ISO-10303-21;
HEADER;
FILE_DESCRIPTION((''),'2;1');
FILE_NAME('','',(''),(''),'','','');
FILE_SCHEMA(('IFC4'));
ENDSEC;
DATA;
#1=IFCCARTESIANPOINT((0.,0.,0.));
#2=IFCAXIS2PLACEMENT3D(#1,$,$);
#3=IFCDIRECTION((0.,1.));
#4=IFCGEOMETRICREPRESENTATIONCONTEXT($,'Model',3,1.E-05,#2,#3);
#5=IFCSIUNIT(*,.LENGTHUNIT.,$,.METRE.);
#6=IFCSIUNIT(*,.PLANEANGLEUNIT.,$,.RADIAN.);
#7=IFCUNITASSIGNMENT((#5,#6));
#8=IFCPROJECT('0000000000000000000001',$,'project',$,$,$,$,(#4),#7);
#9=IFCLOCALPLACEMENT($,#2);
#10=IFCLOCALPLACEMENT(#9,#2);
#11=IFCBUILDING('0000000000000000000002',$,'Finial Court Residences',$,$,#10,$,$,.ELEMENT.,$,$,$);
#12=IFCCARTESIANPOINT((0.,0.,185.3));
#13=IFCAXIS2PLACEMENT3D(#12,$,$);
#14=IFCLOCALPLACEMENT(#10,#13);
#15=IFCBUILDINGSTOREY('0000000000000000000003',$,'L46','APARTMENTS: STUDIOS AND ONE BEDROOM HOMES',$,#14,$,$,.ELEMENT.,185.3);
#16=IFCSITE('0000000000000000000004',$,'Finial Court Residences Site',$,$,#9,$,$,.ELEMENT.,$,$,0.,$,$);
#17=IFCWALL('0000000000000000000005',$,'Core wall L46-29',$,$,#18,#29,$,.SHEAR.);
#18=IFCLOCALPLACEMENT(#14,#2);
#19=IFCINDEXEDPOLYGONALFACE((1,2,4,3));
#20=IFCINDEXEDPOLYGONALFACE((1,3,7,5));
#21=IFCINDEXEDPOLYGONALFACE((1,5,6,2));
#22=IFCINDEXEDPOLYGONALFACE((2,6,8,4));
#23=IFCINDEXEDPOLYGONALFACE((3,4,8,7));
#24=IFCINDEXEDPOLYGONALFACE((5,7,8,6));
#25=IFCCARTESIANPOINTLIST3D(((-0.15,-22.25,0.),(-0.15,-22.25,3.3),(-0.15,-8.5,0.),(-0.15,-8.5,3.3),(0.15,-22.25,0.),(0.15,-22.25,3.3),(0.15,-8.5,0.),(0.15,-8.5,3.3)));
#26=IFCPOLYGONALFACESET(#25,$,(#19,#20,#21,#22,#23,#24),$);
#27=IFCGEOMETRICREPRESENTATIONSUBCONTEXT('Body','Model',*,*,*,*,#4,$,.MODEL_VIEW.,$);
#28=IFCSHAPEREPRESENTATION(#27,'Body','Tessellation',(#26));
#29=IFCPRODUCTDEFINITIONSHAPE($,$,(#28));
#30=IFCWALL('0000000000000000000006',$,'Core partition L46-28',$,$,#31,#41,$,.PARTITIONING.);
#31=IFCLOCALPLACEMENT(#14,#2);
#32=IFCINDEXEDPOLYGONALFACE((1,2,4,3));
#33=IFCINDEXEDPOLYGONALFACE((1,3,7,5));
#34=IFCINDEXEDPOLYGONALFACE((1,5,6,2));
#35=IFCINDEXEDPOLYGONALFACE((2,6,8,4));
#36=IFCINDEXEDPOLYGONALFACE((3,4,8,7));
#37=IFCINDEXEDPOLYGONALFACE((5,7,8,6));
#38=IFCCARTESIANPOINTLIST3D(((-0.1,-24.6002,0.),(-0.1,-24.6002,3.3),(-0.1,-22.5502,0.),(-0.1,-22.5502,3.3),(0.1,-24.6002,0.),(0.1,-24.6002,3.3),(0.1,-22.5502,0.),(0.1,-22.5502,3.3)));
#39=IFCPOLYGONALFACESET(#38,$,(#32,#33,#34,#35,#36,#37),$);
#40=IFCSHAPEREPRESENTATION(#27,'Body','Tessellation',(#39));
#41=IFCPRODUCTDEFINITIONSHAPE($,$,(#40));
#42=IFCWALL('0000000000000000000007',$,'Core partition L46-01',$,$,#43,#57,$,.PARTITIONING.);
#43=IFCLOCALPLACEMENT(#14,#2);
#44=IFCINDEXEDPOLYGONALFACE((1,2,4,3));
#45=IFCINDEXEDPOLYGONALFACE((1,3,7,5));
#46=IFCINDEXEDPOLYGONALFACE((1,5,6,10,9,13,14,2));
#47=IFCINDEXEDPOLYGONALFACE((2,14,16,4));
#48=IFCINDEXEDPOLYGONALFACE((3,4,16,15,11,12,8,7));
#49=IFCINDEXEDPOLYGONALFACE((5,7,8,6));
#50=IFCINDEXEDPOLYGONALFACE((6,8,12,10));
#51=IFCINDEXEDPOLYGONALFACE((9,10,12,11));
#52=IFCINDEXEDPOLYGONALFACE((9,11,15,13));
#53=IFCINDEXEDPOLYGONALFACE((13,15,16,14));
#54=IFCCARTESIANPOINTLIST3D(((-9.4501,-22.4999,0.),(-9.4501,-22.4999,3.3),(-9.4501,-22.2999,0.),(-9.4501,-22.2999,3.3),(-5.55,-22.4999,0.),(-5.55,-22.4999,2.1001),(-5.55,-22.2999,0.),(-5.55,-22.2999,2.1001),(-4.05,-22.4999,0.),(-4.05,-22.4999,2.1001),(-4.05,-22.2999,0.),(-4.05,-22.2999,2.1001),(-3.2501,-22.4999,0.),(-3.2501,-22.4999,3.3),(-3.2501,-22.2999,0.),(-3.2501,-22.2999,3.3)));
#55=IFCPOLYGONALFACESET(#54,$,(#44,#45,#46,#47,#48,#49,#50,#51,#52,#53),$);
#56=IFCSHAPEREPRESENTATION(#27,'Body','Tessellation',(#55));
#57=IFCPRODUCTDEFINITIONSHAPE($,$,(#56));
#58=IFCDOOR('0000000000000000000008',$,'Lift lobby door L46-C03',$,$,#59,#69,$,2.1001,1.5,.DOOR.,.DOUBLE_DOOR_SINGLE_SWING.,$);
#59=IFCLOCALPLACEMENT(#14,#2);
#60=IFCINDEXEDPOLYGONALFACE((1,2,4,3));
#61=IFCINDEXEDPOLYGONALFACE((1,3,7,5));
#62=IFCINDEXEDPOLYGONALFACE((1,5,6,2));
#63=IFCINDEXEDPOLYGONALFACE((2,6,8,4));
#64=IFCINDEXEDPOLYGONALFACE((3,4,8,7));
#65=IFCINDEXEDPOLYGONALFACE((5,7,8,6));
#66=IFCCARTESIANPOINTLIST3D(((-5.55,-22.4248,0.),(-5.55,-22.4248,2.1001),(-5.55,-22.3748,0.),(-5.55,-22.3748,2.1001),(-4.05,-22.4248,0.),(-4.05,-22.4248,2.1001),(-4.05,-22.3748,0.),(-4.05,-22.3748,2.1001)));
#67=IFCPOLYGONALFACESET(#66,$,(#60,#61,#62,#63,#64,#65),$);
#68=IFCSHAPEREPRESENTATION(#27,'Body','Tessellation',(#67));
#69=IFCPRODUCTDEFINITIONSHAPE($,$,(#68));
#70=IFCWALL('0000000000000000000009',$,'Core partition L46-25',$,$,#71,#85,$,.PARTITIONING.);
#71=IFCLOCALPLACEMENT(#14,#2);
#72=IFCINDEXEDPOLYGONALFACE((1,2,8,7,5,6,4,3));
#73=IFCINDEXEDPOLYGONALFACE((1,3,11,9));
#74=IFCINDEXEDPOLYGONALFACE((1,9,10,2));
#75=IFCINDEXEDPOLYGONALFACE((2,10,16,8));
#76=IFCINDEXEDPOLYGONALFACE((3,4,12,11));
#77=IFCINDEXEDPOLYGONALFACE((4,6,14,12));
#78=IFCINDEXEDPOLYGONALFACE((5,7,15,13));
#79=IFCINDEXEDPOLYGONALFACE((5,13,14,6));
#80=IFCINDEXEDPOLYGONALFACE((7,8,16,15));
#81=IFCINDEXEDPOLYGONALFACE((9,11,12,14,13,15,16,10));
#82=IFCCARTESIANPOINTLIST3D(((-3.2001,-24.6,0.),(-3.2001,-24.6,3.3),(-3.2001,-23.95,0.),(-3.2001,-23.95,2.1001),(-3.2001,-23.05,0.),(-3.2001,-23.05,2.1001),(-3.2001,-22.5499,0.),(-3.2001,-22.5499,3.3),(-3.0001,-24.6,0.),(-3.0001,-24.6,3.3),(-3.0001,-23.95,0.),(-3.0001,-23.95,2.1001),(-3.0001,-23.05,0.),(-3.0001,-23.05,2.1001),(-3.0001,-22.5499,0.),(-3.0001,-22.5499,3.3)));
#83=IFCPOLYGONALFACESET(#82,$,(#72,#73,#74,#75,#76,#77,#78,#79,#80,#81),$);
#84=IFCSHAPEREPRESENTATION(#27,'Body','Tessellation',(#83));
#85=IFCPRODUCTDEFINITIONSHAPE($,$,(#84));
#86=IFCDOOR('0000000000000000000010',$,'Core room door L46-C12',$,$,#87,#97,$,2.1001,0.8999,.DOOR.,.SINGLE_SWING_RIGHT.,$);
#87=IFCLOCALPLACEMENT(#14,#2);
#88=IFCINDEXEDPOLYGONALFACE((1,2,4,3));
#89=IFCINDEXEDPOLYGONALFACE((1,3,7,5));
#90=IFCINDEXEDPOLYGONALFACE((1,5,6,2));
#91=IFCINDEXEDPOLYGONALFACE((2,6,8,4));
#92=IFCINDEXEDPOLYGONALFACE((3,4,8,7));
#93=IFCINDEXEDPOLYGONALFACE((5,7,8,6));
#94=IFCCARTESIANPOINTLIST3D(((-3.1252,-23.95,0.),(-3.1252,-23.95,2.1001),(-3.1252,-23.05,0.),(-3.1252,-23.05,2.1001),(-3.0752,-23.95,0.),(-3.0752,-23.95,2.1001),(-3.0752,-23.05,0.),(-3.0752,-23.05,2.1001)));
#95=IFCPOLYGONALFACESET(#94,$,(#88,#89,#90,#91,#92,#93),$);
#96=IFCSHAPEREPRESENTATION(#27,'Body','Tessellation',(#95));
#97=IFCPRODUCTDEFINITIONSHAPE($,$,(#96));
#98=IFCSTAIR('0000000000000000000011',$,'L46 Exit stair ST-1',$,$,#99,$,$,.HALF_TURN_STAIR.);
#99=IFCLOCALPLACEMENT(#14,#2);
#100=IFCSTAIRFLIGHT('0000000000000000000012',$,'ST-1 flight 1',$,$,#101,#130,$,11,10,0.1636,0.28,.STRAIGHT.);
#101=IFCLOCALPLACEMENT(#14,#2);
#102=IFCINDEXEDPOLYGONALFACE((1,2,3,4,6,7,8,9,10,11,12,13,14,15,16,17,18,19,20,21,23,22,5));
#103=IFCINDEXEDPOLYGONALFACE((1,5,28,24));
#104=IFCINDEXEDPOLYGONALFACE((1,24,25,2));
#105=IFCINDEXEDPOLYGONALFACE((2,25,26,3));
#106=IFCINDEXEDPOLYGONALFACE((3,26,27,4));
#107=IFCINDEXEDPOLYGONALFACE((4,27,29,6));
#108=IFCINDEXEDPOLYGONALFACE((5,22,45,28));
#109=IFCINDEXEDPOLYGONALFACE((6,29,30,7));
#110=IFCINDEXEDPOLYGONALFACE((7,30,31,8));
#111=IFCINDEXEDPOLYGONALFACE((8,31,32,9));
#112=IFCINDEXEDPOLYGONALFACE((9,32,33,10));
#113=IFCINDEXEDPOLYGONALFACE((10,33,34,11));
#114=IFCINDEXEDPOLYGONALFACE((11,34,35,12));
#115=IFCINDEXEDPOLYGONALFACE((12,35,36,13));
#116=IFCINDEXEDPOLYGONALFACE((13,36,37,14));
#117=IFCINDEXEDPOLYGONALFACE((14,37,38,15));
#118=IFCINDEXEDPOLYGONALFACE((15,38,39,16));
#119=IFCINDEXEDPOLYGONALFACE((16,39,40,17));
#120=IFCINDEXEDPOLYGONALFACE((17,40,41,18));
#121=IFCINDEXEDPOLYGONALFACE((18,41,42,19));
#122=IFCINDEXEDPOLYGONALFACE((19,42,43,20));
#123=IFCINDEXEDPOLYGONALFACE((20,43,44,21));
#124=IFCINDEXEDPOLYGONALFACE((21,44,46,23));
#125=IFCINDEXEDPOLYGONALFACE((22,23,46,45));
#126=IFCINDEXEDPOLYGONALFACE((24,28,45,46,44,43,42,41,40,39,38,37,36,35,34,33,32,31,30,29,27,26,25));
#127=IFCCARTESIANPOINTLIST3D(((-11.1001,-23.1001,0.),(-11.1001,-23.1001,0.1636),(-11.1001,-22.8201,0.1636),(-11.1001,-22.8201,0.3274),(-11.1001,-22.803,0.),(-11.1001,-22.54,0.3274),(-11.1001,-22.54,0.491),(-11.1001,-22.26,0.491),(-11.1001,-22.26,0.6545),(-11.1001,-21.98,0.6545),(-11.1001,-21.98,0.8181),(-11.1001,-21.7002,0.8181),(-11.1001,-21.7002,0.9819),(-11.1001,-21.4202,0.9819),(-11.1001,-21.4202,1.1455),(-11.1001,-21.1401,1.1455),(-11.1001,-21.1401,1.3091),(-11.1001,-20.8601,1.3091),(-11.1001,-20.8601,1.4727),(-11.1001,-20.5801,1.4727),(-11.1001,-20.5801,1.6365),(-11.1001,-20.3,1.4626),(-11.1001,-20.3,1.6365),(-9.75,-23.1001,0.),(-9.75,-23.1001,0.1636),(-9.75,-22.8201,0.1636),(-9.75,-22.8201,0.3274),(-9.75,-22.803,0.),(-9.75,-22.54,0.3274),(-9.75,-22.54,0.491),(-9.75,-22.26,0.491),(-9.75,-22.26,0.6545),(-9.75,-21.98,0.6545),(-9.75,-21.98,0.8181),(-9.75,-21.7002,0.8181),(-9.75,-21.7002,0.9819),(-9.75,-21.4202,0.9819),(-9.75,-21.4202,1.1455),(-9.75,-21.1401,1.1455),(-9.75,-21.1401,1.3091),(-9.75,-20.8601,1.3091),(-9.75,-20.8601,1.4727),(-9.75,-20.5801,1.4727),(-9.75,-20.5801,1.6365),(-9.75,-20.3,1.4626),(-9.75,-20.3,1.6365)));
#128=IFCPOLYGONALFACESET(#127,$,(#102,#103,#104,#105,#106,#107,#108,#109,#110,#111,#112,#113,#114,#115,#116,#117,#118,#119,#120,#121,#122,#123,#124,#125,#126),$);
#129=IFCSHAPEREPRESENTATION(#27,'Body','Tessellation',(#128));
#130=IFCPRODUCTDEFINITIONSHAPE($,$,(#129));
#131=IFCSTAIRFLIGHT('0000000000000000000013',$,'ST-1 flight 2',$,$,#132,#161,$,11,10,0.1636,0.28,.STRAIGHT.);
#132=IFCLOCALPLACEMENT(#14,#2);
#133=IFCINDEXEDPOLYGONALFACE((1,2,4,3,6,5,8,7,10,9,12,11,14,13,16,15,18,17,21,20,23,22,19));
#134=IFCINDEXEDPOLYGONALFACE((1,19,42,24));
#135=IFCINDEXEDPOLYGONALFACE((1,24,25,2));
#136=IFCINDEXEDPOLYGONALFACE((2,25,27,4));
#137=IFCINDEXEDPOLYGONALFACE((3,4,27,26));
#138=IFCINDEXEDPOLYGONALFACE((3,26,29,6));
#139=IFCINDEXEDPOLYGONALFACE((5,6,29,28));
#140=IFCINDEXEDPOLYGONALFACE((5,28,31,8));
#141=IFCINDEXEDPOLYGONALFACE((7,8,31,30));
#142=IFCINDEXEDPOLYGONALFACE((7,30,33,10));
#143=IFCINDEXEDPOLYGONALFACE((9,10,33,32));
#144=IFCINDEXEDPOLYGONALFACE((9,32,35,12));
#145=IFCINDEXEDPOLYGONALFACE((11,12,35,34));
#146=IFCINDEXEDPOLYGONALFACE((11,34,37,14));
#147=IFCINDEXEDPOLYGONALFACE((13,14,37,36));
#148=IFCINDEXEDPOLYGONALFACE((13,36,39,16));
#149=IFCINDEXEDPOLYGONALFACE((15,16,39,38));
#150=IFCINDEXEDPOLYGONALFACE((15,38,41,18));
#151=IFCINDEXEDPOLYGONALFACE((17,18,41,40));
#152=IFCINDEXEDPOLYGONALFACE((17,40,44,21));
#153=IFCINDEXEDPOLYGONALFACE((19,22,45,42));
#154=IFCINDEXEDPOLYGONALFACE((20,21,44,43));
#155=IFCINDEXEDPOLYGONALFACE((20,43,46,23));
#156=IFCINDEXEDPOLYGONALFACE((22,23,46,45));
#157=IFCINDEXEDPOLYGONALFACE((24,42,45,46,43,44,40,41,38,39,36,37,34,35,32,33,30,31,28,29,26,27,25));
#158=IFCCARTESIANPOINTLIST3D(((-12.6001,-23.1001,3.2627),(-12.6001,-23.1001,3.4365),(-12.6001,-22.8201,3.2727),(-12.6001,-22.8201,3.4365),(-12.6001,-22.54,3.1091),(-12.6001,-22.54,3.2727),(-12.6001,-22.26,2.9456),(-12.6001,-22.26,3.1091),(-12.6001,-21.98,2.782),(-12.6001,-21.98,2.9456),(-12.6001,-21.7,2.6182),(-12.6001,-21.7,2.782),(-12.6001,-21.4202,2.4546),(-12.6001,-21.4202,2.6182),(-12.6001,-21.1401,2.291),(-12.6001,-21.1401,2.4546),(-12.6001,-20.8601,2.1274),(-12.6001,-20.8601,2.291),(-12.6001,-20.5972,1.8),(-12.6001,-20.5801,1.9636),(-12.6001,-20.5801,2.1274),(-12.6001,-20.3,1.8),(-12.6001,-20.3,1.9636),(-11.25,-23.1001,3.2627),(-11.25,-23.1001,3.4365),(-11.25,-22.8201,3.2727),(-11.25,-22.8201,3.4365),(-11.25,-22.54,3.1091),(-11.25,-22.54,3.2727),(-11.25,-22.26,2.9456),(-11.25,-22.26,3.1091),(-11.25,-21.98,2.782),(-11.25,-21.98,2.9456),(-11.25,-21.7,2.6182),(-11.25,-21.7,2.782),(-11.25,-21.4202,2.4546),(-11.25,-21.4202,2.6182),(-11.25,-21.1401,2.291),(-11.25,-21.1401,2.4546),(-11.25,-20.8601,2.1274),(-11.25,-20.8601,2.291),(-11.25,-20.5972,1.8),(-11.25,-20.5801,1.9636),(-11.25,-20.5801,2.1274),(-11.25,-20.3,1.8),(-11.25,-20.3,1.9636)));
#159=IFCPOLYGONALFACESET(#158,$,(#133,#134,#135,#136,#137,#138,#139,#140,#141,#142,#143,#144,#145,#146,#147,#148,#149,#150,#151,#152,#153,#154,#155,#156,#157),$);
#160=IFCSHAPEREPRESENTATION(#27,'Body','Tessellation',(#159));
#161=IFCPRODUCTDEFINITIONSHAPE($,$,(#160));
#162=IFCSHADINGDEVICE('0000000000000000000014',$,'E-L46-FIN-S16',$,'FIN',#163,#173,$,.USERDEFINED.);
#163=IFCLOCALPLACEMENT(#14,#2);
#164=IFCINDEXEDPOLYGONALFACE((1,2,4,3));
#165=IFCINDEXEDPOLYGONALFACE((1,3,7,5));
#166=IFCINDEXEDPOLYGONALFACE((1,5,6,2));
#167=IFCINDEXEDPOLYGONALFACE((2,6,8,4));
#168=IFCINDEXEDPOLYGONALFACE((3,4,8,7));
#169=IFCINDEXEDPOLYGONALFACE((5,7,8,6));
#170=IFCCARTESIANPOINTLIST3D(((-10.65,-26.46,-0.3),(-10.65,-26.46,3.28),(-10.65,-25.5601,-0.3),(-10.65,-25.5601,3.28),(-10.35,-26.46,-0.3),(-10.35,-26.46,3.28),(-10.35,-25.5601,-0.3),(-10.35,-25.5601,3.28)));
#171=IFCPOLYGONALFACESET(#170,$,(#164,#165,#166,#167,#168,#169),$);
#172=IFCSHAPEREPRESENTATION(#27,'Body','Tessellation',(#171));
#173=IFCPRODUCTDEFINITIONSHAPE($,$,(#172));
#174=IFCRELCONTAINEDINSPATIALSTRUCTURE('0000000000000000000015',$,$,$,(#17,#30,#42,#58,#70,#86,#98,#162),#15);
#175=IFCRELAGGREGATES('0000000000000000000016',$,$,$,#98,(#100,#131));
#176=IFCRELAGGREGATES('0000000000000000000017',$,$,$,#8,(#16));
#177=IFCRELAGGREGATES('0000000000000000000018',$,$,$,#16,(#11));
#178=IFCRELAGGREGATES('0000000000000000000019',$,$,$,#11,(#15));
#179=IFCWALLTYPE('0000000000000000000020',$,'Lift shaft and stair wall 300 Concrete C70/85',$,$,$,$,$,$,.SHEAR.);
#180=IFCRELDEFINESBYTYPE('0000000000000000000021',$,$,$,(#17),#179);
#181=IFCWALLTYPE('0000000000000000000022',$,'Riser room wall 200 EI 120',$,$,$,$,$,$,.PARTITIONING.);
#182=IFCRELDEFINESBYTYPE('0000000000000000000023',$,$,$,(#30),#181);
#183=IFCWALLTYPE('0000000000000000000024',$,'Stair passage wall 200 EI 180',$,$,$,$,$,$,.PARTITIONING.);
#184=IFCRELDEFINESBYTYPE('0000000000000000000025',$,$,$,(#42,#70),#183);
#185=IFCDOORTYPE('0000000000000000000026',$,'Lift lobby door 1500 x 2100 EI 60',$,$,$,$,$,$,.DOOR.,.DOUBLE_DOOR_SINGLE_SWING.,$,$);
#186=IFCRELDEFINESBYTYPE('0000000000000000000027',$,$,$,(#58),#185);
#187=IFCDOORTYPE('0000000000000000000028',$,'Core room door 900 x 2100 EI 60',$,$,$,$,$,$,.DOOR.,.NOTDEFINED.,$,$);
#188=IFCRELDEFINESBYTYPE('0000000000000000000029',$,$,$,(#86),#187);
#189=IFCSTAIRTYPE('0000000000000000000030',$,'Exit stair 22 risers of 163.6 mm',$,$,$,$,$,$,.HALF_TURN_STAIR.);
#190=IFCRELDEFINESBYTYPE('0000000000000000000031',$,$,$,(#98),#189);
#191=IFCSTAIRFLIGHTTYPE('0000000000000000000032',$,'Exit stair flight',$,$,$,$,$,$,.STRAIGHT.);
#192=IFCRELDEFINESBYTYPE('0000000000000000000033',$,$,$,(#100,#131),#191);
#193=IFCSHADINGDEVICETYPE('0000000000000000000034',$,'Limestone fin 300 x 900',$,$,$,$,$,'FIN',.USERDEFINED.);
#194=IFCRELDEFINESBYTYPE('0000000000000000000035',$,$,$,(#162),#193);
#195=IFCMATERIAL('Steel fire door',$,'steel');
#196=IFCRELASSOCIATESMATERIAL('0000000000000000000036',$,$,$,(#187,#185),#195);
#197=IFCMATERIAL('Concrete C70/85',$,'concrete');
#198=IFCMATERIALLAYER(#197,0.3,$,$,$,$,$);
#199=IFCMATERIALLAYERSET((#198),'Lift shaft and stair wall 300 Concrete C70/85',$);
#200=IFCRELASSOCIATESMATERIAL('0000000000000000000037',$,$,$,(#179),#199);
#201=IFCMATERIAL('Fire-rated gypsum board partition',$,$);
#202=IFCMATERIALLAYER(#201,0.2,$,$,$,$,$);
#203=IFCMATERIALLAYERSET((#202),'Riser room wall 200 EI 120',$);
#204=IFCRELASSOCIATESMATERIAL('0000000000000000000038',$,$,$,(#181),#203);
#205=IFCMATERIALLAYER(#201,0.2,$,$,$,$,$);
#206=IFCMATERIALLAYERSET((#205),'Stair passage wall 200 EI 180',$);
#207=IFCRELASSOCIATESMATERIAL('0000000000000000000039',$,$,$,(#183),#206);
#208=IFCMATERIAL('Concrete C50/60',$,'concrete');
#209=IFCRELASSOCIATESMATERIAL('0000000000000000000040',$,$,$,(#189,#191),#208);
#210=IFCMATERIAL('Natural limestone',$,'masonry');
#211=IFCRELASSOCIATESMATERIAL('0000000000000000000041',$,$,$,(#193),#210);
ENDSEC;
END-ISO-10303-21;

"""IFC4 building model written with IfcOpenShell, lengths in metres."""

from ifc_helpers import new_model, si_unit, direction, frame, frame_2d, origin, origin_2d, place, context, subcontext, project, spatial, polyline, rectangle, outline, extrude, material, layer, layer_set, type_object, element, fill, aggregate, save


model = new_model("IFC4")

# Units and contexts
model_context = context("Model", 3, precision=1e-05, world=origin(), true_north=direction((0.0, 1.0)))
body_context = subcontext(model_context, "Body", "Model", "MODEL_VIEW")
ifc_project = project(units=[si_unit("LENGTHUNIT", "METRE"), si_unit("PLANEANGLEUNIT", "RADIAN")], contexts=[model_context])

# Site, building, storey
site_placement = place(None, origin())
site = spatial("IfcSite", under=ifc_project, at=site_placement, Name="Finial Court Residences Site", CompositionType="ELEMENT", RefElevation=0.0)
building_placement = place(site_placement, origin())
building = spatial("IfcBuilding", under=site, at=building_placement, Name="Finial Court Residences", CompositionType="ELEMENT")
storey_placement = place(building_placement, frame((0.0, 0.0, 185.3)))
storey = spatial("IfcBuildingStorey", under=building, at=storey_placement, Name="L46", Description="APARTMENTS: STUDIOS AND ONE BEDROOM HOMES", CompositionType="ELEMENT", Elevation=185.3)

# Shared definitions
ifc_material_1 = material(Name="Concrete C70/85", Category="concrete")

# Shared definitions
ifc_material_2 = material(Name="Fire-rated gypsum board partition")
ifc_material_3 = material(Name="Steel fire door", Category="steel")
door_type_1 = type_object("IfcDoorType", Name="Core room door 900 x 2100 EI 60", OperationType="NOTDEFINED", PredefinedType="DOOR", material=ifc_material_3)

# Shared definitions
ifc_layer_1 = layer(ifc_material_1, 0.3)
ifc_layer_set_1 = layer_set([ifc_layer_1], Name="Lift shaft and stair wall 300 Concrete C70/85")
wall_type_1 = type_object("IfcWallType", Name="Lift shaft and stair wall 300 Concrete C70/85", PredefinedType="SHEAR", material=ifc_layer_set_1)

# Walls
wall_1_placement = place(storey_placement, frame((0.0, -22.25, 0.0), z_axis=(0.0, 0.0, 1.0), x_axis=(0.0, 1.0, 0.0)))
element("IfcWall", 1, at=wall_1_placement, inside=storey, type_object=wall_type_1, Name="Core wall L46-29", PredefinedType="SHEAR", context=body_context, shape_type="SweptSolid", body=[
    extrude(rectangle(XDim=13.75, YDim=0.3, at=frame_2d((6.875, 0.0))), origin(), (0.0, 0.0, 1.0), 3.3),
])
ifc_layer_2 = layer(ifc_material_2, 0.2)
ifc_layer_set_2 = layer_set([ifc_layer_2], Name="Riser room wall 200 EI 120")
wall_type_2 = type_object("IfcWallType", Name="Riser room wall 200 EI 120", PredefinedType="PARTITIONING", material=ifc_layer_set_2)
wall_2_placement = place(storey_placement, frame((0.0, -24.6001, 0.0), z_axis=(0.0, 0.0, 1.0), x_axis=(0.0, 1.0, 0.0)))
element("IfcWall", 2, at=wall_2_placement, inside=storey, type_object=wall_type_2, Name="Core partition L46-28", PredefinedType="PARTITIONING", context=body_context, shape_type="SweptSolid", body=[
    extrude(rectangle(XDim=2.05, YDim=0.2, at=frame_2d((1.0249, 0.0))), origin(), (0.0, 0.0, 1.0), 3.3),
])

# Walls, openings, doors
ifc_layer_3 = layer(ifc_material_2, 0.2)
ifc_layer_set_3 = layer_set([ifc_layer_3], Name="Stair passage wall 200 EI 180")
wall_type_3 = type_object("IfcWallType", Name="Stair passage wall 200 EI 180", PredefinedType="PARTITIONING", material=ifc_layer_set_3)
wall_3_placement = place(storey_placement, frame((-3.25, -22.3999, 0.0), z_axis=(0.0, 0.0, 1.0), x_axis=(-1.0, 0.0, 0.0)))
wall_3 = element("IfcWall", 3, at=wall_3_placement, inside=storey, type_object=wall_type_3, Name="Core partition L46-01", PredefinedType="PARTITIONING", context=body_context, shape_type="SweptSolid", body=[
    extrude(rectangle(XDim=6.2, YDim=0.2, at=frame_2d((3.1001, 0.0))), origin(), (0.0, 0.0, 1.0), 3.3),
])
opening_1_placement = place(wall_3_placement, frame((0.8, 0.0, 0.0)))
opening_1 = element("IfcOpeningElement", 4, at=opening_1_placement, cuts=wall_3, PredefinedType="OPENING", context=body_context, shape_type="SweptSolid", body=[
    extrude(rectangle(XDim=1.5, YDim=2.1001, at=frame_2d((0.75, 1.05))), frame((0.0, 0.1099, 0.0), z_axis=(0.0, -1.0, 0.0), x_axis=(1.0, 0.0, 0.0)), (0.0, 0.0, 1.0), 0.22),
])
door_type_2 = type_object("IfcDoorType", Name="Lift lobby door 1500 x 2100 EI 60", OperationType="DOUBLE_DOOR_SINGLE_SWING", PredefinedType="DOOR", material=ifc_material_3)
door_1_placement = place(opening_1_placement, origin())
door_1 = element("IfcDoor", 5, at=door_1_placement, inside=storey, type_object=door_type_2, Name="Lift lobby door L46-C03", OperationType="DOUBLE_DOOR_SINGLE_SWING", OverallHeight=2.1001, OverallWidth=1.5, PredefinedType="DOOR", context=body_context, shape_type="SweptSolid", body=[
    extrude(rectangle(XDim=1.5, YDim=2.1001, at=frame_2d((0.75, 1.05))), frame((0.0, 0.0249, 0.0), z_axis=(0.0, -1.0, 0.0), x_axis=(1.0, 0.0, 0.0)), (0.0, 0.0, 1.0), 0.05),
])
fill(opening_1, door_1)
wall_4_placement = place(storey_placement, frame((-3.1001, -22.55, 0.0), z_axis=(0.0, 0.0, 1.0), x_axis=(0.0, -1.0, 0.0)))
wall_4 = element("IfcWall", 6, at=wall_4_placement, inside=storey, type_object=wall_type_3, Name="Core partition L46-25", PredefinedType="PARTITIONING", context=body_context, shape_type="SweptSolid", body=[
    extrude(rectangle(XDim=2.05, YDim=0.2, at=frame_2d((1.0249, 0.0))), origin(), (0.0, 0.0, 1.0), 3.3),
])
opening_2_placement = place(wall_4_placement, frame((0.5, 0.0, 0.0)))
opening_2 = element("IfcOpeningElement", 7, at=opening_2_placement, cuts=wall_4, PredefinedType="OPENING", context=body_context, shape_type="SweptSolid", body=[
    extrude(rectangle(XDim=0.8999, YDim=2.1001, at=frame_2d((0.45, 1.05))), frame((0.0, 0.1099, 0.0), z_axis=(0.0, -1.0, 0.0), x_axis=(1.0, 0.0, 0.0)), (0.0, 0.0, 1.0), 0.22),
])
door_2_placement = place(opening_2_placement, origin())
door_2 = element("IfcDoor", 8, at=door_2_placement, inside=storey, type_object=door_type_1, Name="Core room door L46-C12", OperationType="SINGLE_SWING_RIGHT", OverallHeight=2.1001, OverallWidth=0.8999, PredefinedType="DOOR", context=body_context, shape_type="SweptSolid", body=[
    extrude(rectangle(XDim=0.8999, YDim=2.1001, at=frame_2d((0.45, 1.05))), frame((0.0, 0.0249, 0.0), z_axis=(0.0, -1.0, 0.0), x_axis=(1.0, 0.0, 0.0)), (0.0, 0.0, 1.0), 0.05),
])
fill(opening_2, door_2)

# Stair, stair flights
ifc_material_4 = material(Name="Concrete C50/60", Category="concrete")
stair_type = type_object("IfcStairType", Name="Exit stair 22 risers of 163.6 mm", PredefinedType="HALF_TURN_STAIR", material=ifc_material_4)
stair_placement = place(storey_placement, origin())
stair = element("IfcStair", 9, at=stair_placement, inside=storey, type_object=stair_type, Name="L46 Exit stair ST-1", PredefinedType="HALF_TURN_STAIR")
stair_flight_type = type_object("IfcStairFlightType", Name="Exit stair flight", PredefinedType="STRAIGHT", material=ifc_material_4)
stair_flight_1_placement = place(storey_placement, frame((-10.425, -23.1001, 0.0), z_axis=(0.0, 0.0, 1.0), x_axis=(0.0, 1.0, 0.0)))
stair_flight_1 = element("IfcStairFlight", 10, at=stair_flight_1_placement, type_object=stair_flight_type, Name="ST-1 flight 1", NumberOfRisers=11, NumberOfTreads=10, PredefinedType="STRAIGHT", RiserHeight=0.1636, TreadLength=0.28, context=body_context, shape_type="SweptSolid", body=[
    extrude(outline(polyline([(0.0, 0.0), (0.0, 0.1636), (0.28, 0.1636), (0.28, 0.3274), (0.5601, 0.3274), (0.5601, 0.491), (0.8401, 0.491), (0.8401, 0.6545), (1.1201, 0.6545), (1.1201, 0.8181), (1.3999, 0.8181), (1.3999, 0.9819), (1.6799, 0.9819), (1.6799, 1.1455), (1.96, 1.1455), (1.96, 1.3091), (2.24, 1.3091), (2.24, 1.4727), (2.52, 1.4727), (2.52, 1.6365), (2.8, 1.6365), (2.8, 1.8), (2.8, 1.4626), (0.2971, 0.0), (0.0, 0.0)])), frame((0.0, 0.675, 0.0), z_axis=(0.0, -1.0, 0.0), x_axis=(1.0, 0.0, 0.0)), (0.0, 0.0, 1.0), 1.3501),
])
stair_flight_2_placement = place(storey_placement, frame((-11.925, -20.3, 1.8), z_axis=(0.0, 0.0, 1.0), x_axis=(0.0, -1.0, 0.0)))
stair_flight_2 = element("IfcStairFlight", 11, at=stair_flight_2_placement, type_object=stair_flight_type, Name="ST-1 flight 2", NumberOfRisers=11, NumberOfTreads=10, PredefinedType="STRAIGHT", RiserHeight=0.1636, TreadLength=0.28, context=body_context, shape_type="SweptSolid", body=[
    extrude(outline(polyline([(0.0, 0.0), (0.0, 0.1636), (0.28, 0.1636), (0.28, 0.3274), (0.5601, 0.3274), (0.5601, 0.491), (0.8401, 0.491), (0.8401, 0.6545), (1.1201, 0.6545), (1.1201, 0.8181), (1.3999, 0.8181), (1.3999, 0.9819), (1.6799, 0.9819), (1.6799, 1.1455), (1.96, 1.1455), (1.96, 1.3091), (2.24, 1.3091), (2.24, 1.4727), (2.52, 1.4727), (2.52, 1.6365), (2.8, 1.6365), (2.8, 1.8), (2.8, 1.4626), (0.2971, 0.0), (0.0, 0.0)])), frame((0.0, 0.675, 0.0), z_axis=(0.0, -1.0, 0.0), x_axis=(1.0, 0.0, 0.0)), (0.0, 0.0, 1.0), 1.3501),
])
aggregate(stair, [stair_flight_1, stair_flight_2])

# Shading device
ifc_material_5 = material(Name="Natural limestone", Category="masonry")
shading_device_type = type_object("IfcShadingDeviceType", Name="Limestone fin 300 x 900", ElementType="FIN", PredefinedType="USERDEFINED", material=ifc_material_5)
for number, where, z_axis, x_axis, name in (
    (12, (-10.5, -26.01, -0.3), (0.0, 0.0, 1.0), (1.0, 0.0, 0.0), "E-L46-FIN-S16"),
):
    element("IfcShadingDevice", number, at=place(storey_placement, frame(where, z_axis=z_axis, x_axis=x_axis)), inside=storey, type_object=shading_device_type, Name=name, ObjectType="FIN", PredefinedType="USERDEFINED", context=body_context, shape_type="SweptSolid", body=[
        extrude(rectangle(XDim=0.3, YDim=0.8999, at=origin_2d()), origin(), (0.0, 0.0, 1.0), 3.5801),
    ])

save(model, "model.ifc")
